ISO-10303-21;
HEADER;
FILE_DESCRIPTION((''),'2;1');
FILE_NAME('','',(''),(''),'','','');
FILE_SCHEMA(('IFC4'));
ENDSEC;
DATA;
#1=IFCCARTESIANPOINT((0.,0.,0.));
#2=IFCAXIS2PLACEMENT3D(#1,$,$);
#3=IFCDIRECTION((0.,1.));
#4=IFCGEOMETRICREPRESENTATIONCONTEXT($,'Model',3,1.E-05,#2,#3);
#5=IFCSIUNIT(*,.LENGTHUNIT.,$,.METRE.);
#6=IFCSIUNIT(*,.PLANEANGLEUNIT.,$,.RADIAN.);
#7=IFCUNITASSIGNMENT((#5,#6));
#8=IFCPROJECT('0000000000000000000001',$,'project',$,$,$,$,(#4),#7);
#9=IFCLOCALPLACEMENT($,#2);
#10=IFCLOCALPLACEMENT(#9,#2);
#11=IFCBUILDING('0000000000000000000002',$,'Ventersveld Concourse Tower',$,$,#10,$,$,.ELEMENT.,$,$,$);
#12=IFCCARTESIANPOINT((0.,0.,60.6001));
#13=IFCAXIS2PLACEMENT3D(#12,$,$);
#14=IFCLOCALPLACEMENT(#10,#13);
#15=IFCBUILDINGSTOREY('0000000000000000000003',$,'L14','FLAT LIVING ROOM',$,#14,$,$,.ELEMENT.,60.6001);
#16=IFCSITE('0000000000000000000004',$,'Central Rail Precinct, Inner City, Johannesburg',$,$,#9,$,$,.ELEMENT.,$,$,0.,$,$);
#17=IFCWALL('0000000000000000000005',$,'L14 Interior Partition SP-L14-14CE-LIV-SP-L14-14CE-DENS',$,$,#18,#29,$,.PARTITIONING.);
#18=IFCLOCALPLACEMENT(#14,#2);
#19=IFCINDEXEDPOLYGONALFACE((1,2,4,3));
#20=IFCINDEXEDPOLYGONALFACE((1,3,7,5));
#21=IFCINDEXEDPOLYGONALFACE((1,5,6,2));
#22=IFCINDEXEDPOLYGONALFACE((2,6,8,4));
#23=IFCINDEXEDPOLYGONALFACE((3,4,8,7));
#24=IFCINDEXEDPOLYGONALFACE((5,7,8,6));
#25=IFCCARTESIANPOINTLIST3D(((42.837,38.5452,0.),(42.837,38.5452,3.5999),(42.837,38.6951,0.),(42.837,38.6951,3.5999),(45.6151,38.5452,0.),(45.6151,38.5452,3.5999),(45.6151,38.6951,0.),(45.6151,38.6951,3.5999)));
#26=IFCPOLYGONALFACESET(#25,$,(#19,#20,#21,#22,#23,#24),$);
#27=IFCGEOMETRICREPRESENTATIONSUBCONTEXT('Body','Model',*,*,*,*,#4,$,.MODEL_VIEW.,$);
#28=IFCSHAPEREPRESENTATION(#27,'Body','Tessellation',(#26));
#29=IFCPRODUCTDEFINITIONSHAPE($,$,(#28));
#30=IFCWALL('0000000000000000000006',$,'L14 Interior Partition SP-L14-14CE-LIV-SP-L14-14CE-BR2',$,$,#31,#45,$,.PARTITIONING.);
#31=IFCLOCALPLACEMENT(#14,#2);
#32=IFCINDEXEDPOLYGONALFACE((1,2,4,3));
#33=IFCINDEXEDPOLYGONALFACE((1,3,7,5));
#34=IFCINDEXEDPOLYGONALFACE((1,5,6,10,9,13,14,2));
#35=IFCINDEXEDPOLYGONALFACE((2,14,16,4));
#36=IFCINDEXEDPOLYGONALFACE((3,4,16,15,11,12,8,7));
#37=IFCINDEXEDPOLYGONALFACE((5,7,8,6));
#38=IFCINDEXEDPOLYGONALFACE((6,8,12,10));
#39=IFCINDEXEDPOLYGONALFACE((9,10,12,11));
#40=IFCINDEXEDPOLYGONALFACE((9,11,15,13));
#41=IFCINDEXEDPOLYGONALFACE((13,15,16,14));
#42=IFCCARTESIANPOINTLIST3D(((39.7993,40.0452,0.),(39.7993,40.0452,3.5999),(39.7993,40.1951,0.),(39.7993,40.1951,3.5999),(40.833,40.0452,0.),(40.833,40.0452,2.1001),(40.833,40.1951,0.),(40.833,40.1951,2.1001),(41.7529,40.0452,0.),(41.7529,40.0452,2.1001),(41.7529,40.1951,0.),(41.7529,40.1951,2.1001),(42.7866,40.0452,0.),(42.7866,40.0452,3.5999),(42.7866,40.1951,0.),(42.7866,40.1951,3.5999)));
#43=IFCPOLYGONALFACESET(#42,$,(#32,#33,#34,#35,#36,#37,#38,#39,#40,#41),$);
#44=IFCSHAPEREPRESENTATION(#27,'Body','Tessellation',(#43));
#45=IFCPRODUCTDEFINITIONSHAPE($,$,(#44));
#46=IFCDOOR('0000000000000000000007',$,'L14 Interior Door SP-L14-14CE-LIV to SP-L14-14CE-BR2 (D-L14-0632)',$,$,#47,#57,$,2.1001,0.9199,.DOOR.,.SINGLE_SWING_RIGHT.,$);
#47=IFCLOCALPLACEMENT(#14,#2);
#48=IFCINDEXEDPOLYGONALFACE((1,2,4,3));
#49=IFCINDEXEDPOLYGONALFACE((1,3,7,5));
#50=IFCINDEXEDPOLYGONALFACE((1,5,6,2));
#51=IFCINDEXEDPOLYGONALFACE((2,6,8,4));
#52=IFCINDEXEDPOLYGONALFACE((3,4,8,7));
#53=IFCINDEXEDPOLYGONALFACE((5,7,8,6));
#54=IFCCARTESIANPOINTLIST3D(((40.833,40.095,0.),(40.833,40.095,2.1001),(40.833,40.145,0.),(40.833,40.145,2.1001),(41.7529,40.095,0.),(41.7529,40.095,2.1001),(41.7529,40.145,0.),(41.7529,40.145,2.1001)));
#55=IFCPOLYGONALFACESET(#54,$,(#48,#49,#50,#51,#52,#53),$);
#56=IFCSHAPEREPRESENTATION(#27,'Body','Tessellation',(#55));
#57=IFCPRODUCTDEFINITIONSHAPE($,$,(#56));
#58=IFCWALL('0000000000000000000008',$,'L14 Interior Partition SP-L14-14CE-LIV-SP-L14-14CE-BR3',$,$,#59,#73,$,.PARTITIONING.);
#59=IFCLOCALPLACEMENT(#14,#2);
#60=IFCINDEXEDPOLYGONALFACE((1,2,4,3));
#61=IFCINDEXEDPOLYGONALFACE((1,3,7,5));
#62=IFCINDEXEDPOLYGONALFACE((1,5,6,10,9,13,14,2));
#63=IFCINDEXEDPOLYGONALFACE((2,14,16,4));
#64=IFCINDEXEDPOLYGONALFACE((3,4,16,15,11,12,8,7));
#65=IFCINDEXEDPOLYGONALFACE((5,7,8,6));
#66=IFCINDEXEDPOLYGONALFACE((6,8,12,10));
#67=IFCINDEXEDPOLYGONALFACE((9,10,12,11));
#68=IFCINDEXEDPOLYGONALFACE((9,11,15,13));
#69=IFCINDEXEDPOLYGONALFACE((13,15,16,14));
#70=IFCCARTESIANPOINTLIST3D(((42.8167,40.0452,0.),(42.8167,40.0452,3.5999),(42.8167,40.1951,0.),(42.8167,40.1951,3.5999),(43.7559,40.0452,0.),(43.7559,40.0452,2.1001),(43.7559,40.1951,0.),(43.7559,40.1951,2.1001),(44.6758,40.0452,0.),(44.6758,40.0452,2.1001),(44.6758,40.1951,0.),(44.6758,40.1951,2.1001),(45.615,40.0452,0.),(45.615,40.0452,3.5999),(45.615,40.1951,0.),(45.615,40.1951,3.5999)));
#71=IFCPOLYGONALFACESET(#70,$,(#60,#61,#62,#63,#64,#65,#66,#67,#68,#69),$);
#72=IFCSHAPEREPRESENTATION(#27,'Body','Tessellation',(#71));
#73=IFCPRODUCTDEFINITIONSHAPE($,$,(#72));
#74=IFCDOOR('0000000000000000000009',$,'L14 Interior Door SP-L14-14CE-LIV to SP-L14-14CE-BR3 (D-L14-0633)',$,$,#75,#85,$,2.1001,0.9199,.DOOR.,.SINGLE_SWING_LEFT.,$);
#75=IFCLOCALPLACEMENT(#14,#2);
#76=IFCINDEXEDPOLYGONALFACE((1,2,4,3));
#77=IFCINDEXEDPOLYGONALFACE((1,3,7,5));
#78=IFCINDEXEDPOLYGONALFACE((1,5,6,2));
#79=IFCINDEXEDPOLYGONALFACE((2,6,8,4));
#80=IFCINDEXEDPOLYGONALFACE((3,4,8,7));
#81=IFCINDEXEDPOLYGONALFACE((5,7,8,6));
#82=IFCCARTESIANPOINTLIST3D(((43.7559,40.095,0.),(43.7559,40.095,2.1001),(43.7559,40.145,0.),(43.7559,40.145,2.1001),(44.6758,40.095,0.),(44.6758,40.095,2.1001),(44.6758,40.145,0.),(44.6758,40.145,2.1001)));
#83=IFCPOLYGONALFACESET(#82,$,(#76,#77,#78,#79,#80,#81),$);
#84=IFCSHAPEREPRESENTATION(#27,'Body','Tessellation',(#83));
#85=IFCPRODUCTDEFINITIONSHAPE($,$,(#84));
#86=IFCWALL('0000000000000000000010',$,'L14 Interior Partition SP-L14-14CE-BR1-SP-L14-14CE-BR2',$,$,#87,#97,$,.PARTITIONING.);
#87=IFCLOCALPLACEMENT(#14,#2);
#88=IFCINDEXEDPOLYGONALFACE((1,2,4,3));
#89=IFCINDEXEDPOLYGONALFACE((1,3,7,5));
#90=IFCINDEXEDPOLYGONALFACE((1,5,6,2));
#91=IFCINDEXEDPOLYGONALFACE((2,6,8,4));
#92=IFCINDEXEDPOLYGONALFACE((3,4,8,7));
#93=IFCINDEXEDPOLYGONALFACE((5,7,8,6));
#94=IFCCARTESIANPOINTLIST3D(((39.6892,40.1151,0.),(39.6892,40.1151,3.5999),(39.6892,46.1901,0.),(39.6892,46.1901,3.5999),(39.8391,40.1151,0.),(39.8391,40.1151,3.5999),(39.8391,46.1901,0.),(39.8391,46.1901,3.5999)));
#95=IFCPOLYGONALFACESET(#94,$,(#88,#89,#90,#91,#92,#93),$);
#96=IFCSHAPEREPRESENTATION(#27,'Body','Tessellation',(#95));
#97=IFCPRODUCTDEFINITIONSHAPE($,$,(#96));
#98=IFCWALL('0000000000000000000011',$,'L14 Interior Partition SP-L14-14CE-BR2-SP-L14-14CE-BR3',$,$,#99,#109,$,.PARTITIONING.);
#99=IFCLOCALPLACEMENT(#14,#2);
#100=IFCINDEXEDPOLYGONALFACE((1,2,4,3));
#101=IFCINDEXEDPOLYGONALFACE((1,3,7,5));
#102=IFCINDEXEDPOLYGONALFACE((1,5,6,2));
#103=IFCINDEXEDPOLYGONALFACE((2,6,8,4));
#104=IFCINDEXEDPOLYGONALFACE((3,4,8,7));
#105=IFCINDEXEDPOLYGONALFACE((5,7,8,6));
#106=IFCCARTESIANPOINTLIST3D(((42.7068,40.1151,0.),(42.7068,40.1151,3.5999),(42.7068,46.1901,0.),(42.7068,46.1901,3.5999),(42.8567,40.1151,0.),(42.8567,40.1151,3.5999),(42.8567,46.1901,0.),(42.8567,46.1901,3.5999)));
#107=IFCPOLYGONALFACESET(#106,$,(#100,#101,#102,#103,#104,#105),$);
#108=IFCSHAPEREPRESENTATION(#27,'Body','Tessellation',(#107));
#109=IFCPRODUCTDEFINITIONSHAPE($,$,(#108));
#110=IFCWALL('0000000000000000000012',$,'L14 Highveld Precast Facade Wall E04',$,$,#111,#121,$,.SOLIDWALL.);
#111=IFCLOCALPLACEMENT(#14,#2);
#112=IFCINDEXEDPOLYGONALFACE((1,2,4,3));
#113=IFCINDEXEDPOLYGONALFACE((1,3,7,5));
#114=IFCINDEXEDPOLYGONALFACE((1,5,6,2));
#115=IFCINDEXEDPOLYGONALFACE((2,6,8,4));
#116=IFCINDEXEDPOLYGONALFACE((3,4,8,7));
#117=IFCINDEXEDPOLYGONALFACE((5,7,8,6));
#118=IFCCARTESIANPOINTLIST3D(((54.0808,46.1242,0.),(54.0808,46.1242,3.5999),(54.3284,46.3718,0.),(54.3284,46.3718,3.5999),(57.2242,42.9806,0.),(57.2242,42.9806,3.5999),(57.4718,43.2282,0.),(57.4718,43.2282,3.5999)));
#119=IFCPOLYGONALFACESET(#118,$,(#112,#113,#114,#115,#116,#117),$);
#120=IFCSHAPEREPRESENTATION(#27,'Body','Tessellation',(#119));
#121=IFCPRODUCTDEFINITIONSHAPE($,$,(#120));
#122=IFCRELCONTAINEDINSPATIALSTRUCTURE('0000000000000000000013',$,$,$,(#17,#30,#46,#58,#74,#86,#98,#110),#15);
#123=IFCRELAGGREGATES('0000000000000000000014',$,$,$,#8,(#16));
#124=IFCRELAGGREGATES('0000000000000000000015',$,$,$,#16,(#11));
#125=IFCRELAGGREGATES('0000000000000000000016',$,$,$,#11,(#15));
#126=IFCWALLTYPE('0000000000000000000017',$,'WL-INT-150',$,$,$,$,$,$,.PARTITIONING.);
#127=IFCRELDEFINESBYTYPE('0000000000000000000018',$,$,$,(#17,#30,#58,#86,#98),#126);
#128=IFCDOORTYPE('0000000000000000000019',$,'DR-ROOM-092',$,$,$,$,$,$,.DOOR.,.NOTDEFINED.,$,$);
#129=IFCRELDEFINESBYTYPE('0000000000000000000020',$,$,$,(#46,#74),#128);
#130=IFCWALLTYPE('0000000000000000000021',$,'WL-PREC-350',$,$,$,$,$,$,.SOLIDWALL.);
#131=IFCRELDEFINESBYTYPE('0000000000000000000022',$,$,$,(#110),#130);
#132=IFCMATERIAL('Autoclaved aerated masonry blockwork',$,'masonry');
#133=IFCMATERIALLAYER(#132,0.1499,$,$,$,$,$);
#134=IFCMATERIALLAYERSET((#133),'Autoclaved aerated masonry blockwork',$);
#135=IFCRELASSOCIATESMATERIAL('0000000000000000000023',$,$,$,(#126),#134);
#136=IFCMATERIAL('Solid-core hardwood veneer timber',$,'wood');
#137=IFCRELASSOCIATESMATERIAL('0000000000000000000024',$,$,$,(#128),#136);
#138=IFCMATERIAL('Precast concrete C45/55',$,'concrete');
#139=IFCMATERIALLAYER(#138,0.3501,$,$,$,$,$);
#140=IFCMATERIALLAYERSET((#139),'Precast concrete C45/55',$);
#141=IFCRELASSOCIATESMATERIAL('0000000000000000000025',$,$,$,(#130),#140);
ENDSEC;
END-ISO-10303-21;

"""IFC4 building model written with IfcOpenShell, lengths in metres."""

from ifc_helpers import new_model, si_unit, direction, frame, frame_2d, origin, place, context, subcontext, project, spatial, rectangle, extrude, material, layer, layer_set, type_object, element, fill, save


model = new_model("IFC4")

# Units and contexts
model_context = context("Model", 3, precision=1e-05, world=origin(), true_north=direction((0.0, 1.0)))
body_context = subcontext(model_context, "Body", "Model", "MODEL_VIEW")
ifc_project = project(units=[si_unit("LENGTHUNIT", "METRE"), si_unit("PLANEANGLEUNIT", "RADIAN")], contexts=[model_context])

# Site, building, storey
site_placement = place(None, origin())
site = spatial("IfcSite", under=ifc_project, at=site_placement, Name="Central Rail Precinct, Inner City, Johannesburg", CompositionType="ELEMENT", RefElevation=0.0)
building_placement = place(site_placement, origin())
building = spatial("IfcBuilding", under=site, at=building_placement, Name="Ventersveld Concourse Tower", CompositionType="ELEMENT")
storey_placement = place(building_placement, frame((0.0, 0.0, 60.6001)))
storey = spatial("IfcBuildingStorey", under=building, at=storey_placement, Name="L14", Description="FLAT LIVING ROOM", CompositionType="ELEMENT", Elevation=60.6001)

# Wall
ifc_material_1 = material(Name="Autoclaved aerated masonry blockwork", Category="masonry")
ifc_layer_1 = layer(ifc_material_1, 0.1499)
ifc_layer_set_1 = layer_set([ifc_layer_1], Name="Autoclaved aerated masonry blockwork")
wall_type_1 = type_object("IfcWallType", Name="WL-INT-150", PredefinedType="PARTITIONING", material=ifc_layer_set_1)
wall_1_placement = place(storey_placement, frame((42.8369, 38.6201, 0.0), z_axis=(0.0, 0.0, 1.0), x_axis=(1.0, 0.0, 0.0)))
element("IfcWall", 1, at=wall_1_placement, inside=storey, type_object=wall_type_1, Name="L14 Interior Partition SP-L14-14CE-LIV-SP-L14-14CE-DENS", PredefinedType="PARTITIONING", context=body_context, shape_type="SweptSolid", body=[
    extrude(rectangle(XDim=2.7781, YDim=0.1499, at=frame_2d((1.3892, 0.0))), origin(), (0.0, 0.0, 1.0), 3.5999),
])

# Walls, openings, doors
wall_2_placement = place(storey_placement, frame((39.7993, 40.1201, 0.0), z_axis=(0.0, 0.0, 1.0), x_axis=(1.0, 0.0, 0.0)))
wall_2 = element("IfcWall", 2, at=wall_2_placement, inside=storey, type_object=wall_type_1, Name="L14 Interior Partition SP-L14-14CE-LIV-SP-L14-14CE-BR2", PredefinedType="PARTITIONING", context=body_context, shape_type="SweptSolid", body=[
    extrude(rectangle(XDim=2.9873, YDim=0.1499, at=frame_2d((1.4937, 0.0))), origin(), (0.0, 0.0, 1.0), 3.5999),
])
opening_1_placement = place(wall_2_placement, frame((1.0337, 0.0, 0.0)))
opening_1 = element("IfcOpeningElement", 3, at=opening_1_placement, cuts=wall_2, PredefinedType="OPENING", context=body_context, shape_type="SweptSolid", body=[
    extrude(rectangle(XDim=0.9199, YDim=2.1001, at=frame_2d((0.46, 1.05))), frame((0.0, 0.085, 0.0), z_axis=(0.0, -1.0, 0.0), x_axis=(1.0, 0.0, 0.0)), (0.0, 0.0, 1.0), 0.1699),
])
ifc_material_2 = material(Name="Solid-core hardwood veneer timber", Category="wood")
door_type = type_object("IfcDoorType", Name="DR-ROOM-092", OperationType="NOTDEFINED", PredefinedType="DOOR", material=ifc_material_2)
door_1_placement = place(opening_1_placement, origin())
door_1 = element("IfcDoor", 4, at=door_1_placement, inside=storey, type_object=door_type, Name="L14 Interior Door SP-L14-14CE-LIV to SP-L14-14CE-BR2 (D-L14-0632)", OperationType="SINGLE_SWING_RIGHT", OverallHeight=2.1001, OverallWidth=0.9199, PredefinedType="DOOR", context=body_context, shape_type="SweptSolid", body=[
    extrude(rectangle(XDim=0.9199, YDim=2.1001, at=frame_2d((0.46, 1.05))), frame((0.0, 0.0249, 0.0), z_axis=(0.0, -1.0, 0.0), x_axis=(1.0, 0.0, 0.0)), (0.0, 0.0, 1.0), 0.05),
])
fill(opening_1, door_1)
wall_3_placement = place(storey_placement, frame((42.8167, 40.1201, 0.0), z_axis=(0.0, 0.0, 1.0), x_axis=(1.0, 0.0, 0.0)))
wall_3 = element("IfcWall", 5, at=wall_3_placement, inside=storey, type_object=wall_type_1, Name="L14 Interior Partition SP-L14-14CE-LIV-SP-L14-14CE-BR3", PredefinedType="PARTITIONING", context=body_context, shape_type="SweptSolid", body=[
    extrude(rectangle(XDim=2.7983, YDim=0.1499, at=frame_2d((1.3992, 0.0))), origin(), (0.0, 0.0, 1.0), 3.5999),
])
opening_2_placement = place(wall_3_placement, frame((0.9392, 0.0, 0.0)))
opening_2 = element("IfcOpeningElement", 6, at=opening_2_placement, cuts=wall_3, PredefinedType="OPENING", context=body_context, shape_type="SweptSolid", body=[
    extrude(rectangle(XDim=0.9199, YDim=2.1001, at=frame_2d((0.46, 1.05))), frame((0.0, 0.085, 0.0), z_axis=(0.0, -1.0, 0.0), x_axis=(1.0, 0.0, 0.0)), (0.0, 0.0, 1.0), 0.1699),
])
door_2_placement = place(opening_2_placement, origin())
door_2 = element("IfcDoor", 7, at=door_2_placement, inside=storey, type_object=door_type, Name="L14 Interior Door SP-L14-14CE-LIV to SP-L14-14CE-BR3 (D-L14-0633)", OperationType="SINGLE_SWING_LEFT", OverallHeight=2.1001, OverallWidth=0.9199, PredefinedType="DOOR", context=body_context, shape_type="SweptSolid", body=[
    extrude(rectangle(XDim=0.9199, YDim=2.1001, at=frame_2d((0.46, 1.05))), frame((0.0, 0.0249, 0.0), z_axis=(0.0, -1.0, 0.0), x_axis=(1.0, 0.0, 0.0)), (0.0, 0.0, 1.0), 0.05),
])
fill(opening_2, door_2)

# Walls
for number, where, z_axis, x_axis, name in (
    (8, (39.7642, 40.115, 0.0), (0.0, 0.0, 1.0), (0.0, 1.0, 0.0), "L14 Interior Partition SP-L14-14CE-BR1-SP-L14-14CE-BR2"),
    (9, (42.7817, 40.115, 0.0), (0.0, 0.0, 1.0), (0.0, 1.0, 0.0), "L14 Interior Partition SP-L14-14CE-BR2-SP-L14-14CE-BR3"),
):
    element("IfcWall", number, at=place(storey_placement, frame(where, z_axis=z_axis, x_axis=x_axis)), inside=storey, type_object=wall_type_1, Name=name, PredefinedType="PARTITIONING", context=body_context, shape_type="SweptSolid", body=[
        extrude(rectangle(XDim=6.075, YDim=0.1499, at=frame_2d((3.0376, 0.0))), origin(), (0.0, 0.0, 1.0), 3.5999),
    ])
ifc_material_3 = material(Name="Precast concrete C45/55", Category="concrete")
ifc_layer_2 = layer(ifc_material_3, 0.3501)
ifc_layer_set_2 = layer_set([ifc_layer_2], Name="Precast concrete C45/55")
wall_type_2 = type_object("IfcWallType", Name="WL-PREC-350", PredefinedType="SOLIDWALL", material=ifc_layer_set_2)
wall_4_placement = place(storey_placement, frame((57.3479, 43.1045, 0.0), z_axis=(0.0, 0.0, 1.0), x_axis=(-0.707079, 0.707134, 0.0)))
element("IfcWall", 10, at=wall_4_placement, inside=storey, type_object=wall_type_2, Name="L14 Highveld Precast Facade Wall E04", PredefinedType="SOLIDWALL", context=body_context, shape_type="SweptSolid", body=[
    extrude(rectangle(XDim=4.4456, YDim=0.3501, at=frame_2d((2.2227, 0.0))), origin(), (0.0, 0.0, 1.0), 3.5999),
])

save(model, "model.ifc")
